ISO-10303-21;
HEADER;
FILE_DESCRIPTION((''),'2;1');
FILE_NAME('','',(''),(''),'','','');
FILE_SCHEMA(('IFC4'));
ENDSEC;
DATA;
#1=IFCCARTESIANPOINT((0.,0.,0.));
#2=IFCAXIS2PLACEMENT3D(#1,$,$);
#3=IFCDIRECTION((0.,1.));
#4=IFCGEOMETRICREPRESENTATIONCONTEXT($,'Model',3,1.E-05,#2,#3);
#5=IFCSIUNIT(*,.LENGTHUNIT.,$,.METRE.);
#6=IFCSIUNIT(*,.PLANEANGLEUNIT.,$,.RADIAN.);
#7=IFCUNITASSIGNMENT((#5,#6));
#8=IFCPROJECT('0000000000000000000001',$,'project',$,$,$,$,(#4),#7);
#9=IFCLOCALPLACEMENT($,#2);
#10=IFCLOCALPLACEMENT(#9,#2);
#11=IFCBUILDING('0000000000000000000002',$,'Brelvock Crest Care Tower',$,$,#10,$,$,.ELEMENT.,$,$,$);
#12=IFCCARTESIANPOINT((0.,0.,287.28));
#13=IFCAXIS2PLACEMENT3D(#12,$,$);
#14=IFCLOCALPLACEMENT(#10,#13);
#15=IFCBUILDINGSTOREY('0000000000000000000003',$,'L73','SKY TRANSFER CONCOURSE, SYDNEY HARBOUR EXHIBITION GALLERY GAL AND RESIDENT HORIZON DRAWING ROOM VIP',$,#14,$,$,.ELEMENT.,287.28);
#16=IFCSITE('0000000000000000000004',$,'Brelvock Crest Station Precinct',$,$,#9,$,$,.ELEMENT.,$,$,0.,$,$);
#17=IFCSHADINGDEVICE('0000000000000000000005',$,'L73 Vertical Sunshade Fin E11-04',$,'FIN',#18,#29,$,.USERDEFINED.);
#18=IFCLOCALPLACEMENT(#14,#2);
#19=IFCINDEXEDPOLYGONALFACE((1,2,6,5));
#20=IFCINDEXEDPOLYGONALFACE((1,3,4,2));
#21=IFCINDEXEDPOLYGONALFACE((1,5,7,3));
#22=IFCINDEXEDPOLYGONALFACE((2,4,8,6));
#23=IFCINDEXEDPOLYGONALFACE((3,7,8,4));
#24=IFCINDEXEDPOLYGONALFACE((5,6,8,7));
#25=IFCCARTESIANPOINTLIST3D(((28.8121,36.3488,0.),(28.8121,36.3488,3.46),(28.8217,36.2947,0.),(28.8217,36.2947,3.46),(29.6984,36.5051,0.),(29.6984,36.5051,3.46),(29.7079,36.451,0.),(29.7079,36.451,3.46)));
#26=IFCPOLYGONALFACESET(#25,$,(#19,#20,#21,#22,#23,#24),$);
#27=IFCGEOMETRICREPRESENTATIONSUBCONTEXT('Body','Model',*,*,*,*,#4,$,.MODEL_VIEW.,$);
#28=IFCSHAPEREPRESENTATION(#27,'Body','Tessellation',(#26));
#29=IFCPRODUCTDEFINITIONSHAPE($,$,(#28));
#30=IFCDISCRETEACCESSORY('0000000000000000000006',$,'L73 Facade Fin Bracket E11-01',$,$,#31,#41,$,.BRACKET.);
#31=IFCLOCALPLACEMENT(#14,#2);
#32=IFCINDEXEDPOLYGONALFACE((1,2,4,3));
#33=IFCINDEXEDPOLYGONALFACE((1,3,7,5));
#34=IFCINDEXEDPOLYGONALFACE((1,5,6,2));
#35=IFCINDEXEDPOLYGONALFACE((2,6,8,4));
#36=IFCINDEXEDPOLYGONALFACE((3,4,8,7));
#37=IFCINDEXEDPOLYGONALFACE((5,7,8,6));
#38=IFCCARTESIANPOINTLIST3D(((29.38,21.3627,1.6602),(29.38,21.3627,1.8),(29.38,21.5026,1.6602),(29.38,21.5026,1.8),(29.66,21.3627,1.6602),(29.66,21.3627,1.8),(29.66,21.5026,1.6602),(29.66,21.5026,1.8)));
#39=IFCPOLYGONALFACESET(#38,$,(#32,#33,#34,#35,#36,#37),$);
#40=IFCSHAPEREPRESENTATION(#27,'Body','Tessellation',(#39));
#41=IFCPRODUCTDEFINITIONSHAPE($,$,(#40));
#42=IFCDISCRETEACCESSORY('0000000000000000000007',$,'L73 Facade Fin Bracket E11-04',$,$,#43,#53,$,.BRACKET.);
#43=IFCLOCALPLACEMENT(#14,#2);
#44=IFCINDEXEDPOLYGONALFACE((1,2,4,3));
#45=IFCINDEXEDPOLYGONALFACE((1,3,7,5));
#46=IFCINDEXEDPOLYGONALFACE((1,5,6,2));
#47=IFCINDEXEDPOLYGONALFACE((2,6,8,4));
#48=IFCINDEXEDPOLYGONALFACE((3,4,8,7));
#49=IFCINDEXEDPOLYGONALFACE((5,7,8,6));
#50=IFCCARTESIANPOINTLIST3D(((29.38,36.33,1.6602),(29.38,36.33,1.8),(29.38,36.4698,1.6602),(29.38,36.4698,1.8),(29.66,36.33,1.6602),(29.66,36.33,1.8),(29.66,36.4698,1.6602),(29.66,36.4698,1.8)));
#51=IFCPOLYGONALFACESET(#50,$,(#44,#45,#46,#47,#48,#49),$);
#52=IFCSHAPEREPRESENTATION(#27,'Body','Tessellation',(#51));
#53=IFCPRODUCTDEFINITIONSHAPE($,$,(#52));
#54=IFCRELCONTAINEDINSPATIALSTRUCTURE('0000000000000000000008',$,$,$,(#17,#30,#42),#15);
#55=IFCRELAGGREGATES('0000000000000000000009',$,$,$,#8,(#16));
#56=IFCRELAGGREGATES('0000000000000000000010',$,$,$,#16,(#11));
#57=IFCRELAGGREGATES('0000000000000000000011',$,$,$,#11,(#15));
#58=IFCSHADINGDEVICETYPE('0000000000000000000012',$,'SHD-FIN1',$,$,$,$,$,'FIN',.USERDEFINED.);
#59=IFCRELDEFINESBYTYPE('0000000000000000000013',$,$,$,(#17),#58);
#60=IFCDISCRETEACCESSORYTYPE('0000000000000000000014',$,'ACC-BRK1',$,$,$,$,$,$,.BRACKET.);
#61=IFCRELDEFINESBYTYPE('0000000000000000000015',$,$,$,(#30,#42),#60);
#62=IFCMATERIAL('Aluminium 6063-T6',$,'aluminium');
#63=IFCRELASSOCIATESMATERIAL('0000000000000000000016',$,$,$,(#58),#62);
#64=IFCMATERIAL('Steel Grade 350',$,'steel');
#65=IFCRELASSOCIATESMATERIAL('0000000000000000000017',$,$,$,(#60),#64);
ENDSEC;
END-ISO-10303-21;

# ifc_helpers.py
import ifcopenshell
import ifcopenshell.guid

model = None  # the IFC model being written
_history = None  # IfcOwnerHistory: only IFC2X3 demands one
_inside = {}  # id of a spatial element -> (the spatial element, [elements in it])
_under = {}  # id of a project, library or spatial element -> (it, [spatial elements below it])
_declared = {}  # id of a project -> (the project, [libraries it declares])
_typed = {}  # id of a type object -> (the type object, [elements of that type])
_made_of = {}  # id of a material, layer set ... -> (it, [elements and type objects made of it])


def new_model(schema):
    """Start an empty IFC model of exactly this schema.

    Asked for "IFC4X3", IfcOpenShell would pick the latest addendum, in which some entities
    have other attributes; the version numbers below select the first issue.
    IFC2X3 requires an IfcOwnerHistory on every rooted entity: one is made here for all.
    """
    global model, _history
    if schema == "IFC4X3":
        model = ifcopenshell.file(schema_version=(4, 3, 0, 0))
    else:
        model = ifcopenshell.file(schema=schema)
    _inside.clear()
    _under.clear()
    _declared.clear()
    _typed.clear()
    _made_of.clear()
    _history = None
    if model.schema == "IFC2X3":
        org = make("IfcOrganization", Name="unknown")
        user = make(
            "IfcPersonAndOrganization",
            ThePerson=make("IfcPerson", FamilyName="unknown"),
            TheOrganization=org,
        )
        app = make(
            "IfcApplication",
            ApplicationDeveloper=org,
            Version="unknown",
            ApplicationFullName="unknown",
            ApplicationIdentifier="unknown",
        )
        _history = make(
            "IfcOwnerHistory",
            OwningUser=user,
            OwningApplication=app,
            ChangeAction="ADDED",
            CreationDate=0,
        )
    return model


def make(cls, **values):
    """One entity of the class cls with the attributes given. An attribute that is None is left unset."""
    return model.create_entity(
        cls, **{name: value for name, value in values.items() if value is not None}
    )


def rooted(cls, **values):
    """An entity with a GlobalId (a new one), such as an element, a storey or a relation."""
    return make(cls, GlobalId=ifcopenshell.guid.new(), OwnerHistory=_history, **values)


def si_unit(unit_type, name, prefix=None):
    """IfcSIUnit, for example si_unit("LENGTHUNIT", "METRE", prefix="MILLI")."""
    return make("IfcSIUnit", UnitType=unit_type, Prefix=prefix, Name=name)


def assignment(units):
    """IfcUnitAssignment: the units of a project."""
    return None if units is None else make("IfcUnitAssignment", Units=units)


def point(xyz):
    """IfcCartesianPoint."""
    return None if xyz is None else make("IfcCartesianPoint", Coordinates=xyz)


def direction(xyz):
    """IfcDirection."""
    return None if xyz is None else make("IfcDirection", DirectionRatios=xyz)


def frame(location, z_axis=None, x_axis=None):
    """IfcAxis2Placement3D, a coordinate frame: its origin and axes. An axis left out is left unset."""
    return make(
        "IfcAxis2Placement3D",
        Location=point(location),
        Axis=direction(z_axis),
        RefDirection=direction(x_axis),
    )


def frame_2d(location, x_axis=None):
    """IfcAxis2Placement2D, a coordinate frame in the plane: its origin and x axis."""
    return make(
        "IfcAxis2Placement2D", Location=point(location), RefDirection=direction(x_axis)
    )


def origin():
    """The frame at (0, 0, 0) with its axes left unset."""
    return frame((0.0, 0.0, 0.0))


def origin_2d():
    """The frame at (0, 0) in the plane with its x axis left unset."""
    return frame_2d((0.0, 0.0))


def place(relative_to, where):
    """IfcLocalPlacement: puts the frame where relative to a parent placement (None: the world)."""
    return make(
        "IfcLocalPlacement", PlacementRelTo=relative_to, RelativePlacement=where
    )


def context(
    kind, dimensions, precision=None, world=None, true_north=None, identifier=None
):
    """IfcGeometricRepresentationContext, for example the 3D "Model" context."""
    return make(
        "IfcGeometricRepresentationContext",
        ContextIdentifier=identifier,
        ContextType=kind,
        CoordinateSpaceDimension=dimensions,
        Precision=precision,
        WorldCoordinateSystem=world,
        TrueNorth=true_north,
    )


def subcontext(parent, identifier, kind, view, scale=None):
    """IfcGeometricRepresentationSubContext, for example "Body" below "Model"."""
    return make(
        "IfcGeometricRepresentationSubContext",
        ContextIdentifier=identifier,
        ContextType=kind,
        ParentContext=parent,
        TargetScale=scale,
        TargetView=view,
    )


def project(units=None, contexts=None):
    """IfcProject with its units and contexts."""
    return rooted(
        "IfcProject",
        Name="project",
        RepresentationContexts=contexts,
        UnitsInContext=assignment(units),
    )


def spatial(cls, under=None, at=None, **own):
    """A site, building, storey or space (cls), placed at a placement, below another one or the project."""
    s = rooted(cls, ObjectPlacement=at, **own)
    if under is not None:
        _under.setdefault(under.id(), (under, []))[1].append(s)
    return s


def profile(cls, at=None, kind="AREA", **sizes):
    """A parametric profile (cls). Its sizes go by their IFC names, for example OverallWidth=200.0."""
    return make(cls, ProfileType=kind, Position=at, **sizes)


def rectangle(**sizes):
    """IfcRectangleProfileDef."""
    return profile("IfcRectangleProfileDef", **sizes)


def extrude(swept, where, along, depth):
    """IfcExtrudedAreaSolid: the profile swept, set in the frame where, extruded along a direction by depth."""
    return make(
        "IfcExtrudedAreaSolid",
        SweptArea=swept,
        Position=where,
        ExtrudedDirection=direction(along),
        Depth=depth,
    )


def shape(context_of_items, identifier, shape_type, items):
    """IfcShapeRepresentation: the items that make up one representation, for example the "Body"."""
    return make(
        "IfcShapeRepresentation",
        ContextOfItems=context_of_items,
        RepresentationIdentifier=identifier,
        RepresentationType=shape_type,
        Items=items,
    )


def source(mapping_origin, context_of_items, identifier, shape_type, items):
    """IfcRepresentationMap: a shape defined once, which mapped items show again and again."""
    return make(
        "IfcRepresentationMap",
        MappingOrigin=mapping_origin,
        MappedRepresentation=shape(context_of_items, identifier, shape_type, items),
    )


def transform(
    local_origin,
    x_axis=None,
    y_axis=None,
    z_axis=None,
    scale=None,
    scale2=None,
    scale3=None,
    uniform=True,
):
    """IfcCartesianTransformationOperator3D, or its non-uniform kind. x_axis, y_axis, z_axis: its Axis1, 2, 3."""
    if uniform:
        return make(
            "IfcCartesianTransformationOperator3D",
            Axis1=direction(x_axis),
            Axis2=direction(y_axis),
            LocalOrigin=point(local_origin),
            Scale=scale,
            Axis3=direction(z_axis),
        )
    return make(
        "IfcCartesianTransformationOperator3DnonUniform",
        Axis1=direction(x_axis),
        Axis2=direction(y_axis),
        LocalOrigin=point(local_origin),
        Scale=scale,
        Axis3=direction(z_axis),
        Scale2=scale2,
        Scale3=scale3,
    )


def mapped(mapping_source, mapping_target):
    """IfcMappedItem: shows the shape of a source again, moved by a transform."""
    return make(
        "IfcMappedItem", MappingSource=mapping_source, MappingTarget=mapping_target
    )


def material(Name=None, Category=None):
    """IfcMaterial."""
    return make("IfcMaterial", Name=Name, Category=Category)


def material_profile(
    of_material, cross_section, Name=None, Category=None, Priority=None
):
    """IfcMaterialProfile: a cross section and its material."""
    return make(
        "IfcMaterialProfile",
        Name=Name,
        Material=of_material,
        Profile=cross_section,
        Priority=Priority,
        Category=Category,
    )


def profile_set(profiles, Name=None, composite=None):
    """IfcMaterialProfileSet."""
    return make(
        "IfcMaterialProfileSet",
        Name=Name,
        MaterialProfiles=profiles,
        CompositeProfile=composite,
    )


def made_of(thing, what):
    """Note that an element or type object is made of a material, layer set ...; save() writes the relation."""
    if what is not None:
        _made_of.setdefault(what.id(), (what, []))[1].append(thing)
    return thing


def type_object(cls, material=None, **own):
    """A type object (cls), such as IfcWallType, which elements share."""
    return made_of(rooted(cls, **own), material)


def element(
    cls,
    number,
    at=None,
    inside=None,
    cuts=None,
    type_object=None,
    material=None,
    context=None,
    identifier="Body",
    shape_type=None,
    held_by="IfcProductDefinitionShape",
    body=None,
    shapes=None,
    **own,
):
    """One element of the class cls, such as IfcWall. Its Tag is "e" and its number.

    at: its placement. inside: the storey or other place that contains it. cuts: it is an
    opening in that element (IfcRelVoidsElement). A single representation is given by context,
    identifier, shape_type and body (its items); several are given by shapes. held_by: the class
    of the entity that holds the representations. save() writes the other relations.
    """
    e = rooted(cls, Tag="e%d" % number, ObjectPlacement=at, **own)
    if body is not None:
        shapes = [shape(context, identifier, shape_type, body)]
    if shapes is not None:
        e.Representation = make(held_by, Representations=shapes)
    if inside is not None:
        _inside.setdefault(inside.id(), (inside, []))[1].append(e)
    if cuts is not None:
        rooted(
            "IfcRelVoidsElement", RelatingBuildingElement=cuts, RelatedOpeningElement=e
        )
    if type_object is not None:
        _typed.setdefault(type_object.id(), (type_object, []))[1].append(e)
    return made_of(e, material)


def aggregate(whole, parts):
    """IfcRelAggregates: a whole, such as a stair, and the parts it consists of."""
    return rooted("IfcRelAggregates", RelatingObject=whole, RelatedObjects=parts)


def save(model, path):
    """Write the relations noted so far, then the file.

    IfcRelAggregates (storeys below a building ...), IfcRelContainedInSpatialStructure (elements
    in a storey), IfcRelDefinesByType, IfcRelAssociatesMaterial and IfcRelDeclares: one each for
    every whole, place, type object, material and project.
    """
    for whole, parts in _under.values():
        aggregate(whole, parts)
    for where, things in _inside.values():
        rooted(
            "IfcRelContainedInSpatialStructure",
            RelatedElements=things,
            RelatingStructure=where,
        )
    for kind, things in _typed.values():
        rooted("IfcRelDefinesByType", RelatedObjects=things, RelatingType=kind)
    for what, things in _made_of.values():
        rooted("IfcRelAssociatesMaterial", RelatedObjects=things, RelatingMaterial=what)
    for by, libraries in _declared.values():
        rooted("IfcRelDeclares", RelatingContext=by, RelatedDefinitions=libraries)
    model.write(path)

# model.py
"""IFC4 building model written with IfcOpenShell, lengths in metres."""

from ifc_helpers import new_model, si_unit, direction, frame, origin, origin_2d, place, context, subcontext, project, spatial, rectangle, extrude, source, transform, mapped, material, material_profile, profile_set, type_object, element, save


model = new_model("IFC4")

# Units and contexts
model_context = context("Model", 3, precision=1e-05, world=origin(), true_north=direction((0.0, 1.0)))
body_context = subcontext(model_context, "Body", "Model", "MODEL_VIEW")
ifc_project = project(units=[si_unit("LENGTHUNIT", "METRE"), si_unit("PLANEANGLEUNIT", "RADIAN")], contexts=[model_context])

# Site, building, storey
site_placement = place(None, origin())
site = spatial("IfcSite", under=ifc_project, at=site_placement, Name="Brelvock Crest Station Precinct", CompositionType="ELEMENT", RefElevation=0.0)
building_placement = place(site_placement, origin())
building = spatial("IfcBuilding", under=site, at=building_placement, Name="Brelvock Crest Care Tower", CompositionType="ELEMENT")
storey_placement = place(building_placement, frame((0.0, 0.0, 287.28)))
storey = spatial("IfcBuildingStorey", under=building, at=storey_placement, Name="L73", Description="SKY TRANSFER CONCOURSE, SYDNEY HARBOUR EXHIBITION GALLERY GAL AND RESIDENT HORIZON DRAWING ROOM VIP", CompositionType="ELEMENT", Elevation=287.28)

# Shared definitions
ifc_material_1 = material(Name="Aluminium 6063-T6", Category="aluminium")

# Shading device
ifc_material_profile_1 = material_profile(ifc_material_1, rectangle(XDim=0.0549, YDim=0.8999, at=origin_2d()), Name="FIN55x900")
ifc_profile_set_1 = profile_set([ifc_material_profile_1], Name="Aluminium 6063-T6")
shading_device_type = type_object("IfcShadingDeviceType", Name="SHD-FIN1", ElementType="FIN", PredefinedType="USERDEFINED", material=ifc_profile_set_1)
shared_shape_1 = source(origin(), body_context, "Body", "SweptSolid", [
    extrude(rectangle(XDim=0.0549, YDim=0.8999, at=origin_2d()), origin(), (0.0, 0.0, 1.0), 3.46),
])
for number, where, z_axis, x_axis, name in (
    (1, (29.26, 36.3999, 0.0), (0.0, 0.0, 1.0), (-0.173648, 0.984808, 0.0), "L73 Vertical Sunshade Fin E11-04"),
):
    element("IfcShadingDevice", number, at=place(storey_placement, frame(where, z_axis=z_axis, x_axis=x_axis)), inside=storey, type_object=shading_device_type, Name=name, ObjectType="FIN", PredefinedType="USERDEFINED", context=body_context, shape_type="MappedRepresentation", body=[
        mapped(shared_shape_1, transform((0.0, 0.0, 0.0), x_axis=(1.0, 0.0, 0.0), y_axis=(0.0, 1.0, 0.0), z_axis=(0.0, 0.0, 1.0), scale=1.0)),
    ])

# Discrete accessories
ifc_material_2 = material(Name="Steel Grade 350", Category="steel")
discrete_accessory_type = type_object("IfcDiscreteAccessoryType", Name="ACC-BRK1", PredefinedType="BRACKET", material=ifc_material_2)
shared_shape_2 = source(origin(), body_context, "Body", "SweptSolid", [
    extrude(rectangle(XDim=0.28, YDim=0.1399, at=origin_2d()), origin(), (0.0, 0.0, 1.0), 0.1399),
])
for number, where, z_axis, x_axis, name in (
    (2, (29.52, 21.4326, 1.6602), (0.0, 0.0, 1.0), (-1.0, 0.0, 0.0), "L73 Facade Fin Bracket E11-01"),
    (3, (29.52, 36.3999, 1.6602), (0.0, 0.0, 1.0), (-1.0, 0.0, 0.0), "L73 Facade Fin Bracket E11-04"),
):
    element("IfcDiscreteAccessory", number, at=place(storey_placement, frame(where, z_axis=z_axis, x_axis=x_axis)), inside=storey, type_object=discrete_accessory_type, Name=name, PredefinedType="BRACKET", context=body_context, shape_type="MappedRepresentation", body=[
        mapped(shared_shape_2, transform((0.0, 0.0, 0.0), x_axis=(1.0, 0.0, 0.0), y_axis=(0.0, 1.0, 0.0), z_axis=(0.0, 0.0, 1.0), scale=1.0)),
    ])

save(model, "model.ifc")
